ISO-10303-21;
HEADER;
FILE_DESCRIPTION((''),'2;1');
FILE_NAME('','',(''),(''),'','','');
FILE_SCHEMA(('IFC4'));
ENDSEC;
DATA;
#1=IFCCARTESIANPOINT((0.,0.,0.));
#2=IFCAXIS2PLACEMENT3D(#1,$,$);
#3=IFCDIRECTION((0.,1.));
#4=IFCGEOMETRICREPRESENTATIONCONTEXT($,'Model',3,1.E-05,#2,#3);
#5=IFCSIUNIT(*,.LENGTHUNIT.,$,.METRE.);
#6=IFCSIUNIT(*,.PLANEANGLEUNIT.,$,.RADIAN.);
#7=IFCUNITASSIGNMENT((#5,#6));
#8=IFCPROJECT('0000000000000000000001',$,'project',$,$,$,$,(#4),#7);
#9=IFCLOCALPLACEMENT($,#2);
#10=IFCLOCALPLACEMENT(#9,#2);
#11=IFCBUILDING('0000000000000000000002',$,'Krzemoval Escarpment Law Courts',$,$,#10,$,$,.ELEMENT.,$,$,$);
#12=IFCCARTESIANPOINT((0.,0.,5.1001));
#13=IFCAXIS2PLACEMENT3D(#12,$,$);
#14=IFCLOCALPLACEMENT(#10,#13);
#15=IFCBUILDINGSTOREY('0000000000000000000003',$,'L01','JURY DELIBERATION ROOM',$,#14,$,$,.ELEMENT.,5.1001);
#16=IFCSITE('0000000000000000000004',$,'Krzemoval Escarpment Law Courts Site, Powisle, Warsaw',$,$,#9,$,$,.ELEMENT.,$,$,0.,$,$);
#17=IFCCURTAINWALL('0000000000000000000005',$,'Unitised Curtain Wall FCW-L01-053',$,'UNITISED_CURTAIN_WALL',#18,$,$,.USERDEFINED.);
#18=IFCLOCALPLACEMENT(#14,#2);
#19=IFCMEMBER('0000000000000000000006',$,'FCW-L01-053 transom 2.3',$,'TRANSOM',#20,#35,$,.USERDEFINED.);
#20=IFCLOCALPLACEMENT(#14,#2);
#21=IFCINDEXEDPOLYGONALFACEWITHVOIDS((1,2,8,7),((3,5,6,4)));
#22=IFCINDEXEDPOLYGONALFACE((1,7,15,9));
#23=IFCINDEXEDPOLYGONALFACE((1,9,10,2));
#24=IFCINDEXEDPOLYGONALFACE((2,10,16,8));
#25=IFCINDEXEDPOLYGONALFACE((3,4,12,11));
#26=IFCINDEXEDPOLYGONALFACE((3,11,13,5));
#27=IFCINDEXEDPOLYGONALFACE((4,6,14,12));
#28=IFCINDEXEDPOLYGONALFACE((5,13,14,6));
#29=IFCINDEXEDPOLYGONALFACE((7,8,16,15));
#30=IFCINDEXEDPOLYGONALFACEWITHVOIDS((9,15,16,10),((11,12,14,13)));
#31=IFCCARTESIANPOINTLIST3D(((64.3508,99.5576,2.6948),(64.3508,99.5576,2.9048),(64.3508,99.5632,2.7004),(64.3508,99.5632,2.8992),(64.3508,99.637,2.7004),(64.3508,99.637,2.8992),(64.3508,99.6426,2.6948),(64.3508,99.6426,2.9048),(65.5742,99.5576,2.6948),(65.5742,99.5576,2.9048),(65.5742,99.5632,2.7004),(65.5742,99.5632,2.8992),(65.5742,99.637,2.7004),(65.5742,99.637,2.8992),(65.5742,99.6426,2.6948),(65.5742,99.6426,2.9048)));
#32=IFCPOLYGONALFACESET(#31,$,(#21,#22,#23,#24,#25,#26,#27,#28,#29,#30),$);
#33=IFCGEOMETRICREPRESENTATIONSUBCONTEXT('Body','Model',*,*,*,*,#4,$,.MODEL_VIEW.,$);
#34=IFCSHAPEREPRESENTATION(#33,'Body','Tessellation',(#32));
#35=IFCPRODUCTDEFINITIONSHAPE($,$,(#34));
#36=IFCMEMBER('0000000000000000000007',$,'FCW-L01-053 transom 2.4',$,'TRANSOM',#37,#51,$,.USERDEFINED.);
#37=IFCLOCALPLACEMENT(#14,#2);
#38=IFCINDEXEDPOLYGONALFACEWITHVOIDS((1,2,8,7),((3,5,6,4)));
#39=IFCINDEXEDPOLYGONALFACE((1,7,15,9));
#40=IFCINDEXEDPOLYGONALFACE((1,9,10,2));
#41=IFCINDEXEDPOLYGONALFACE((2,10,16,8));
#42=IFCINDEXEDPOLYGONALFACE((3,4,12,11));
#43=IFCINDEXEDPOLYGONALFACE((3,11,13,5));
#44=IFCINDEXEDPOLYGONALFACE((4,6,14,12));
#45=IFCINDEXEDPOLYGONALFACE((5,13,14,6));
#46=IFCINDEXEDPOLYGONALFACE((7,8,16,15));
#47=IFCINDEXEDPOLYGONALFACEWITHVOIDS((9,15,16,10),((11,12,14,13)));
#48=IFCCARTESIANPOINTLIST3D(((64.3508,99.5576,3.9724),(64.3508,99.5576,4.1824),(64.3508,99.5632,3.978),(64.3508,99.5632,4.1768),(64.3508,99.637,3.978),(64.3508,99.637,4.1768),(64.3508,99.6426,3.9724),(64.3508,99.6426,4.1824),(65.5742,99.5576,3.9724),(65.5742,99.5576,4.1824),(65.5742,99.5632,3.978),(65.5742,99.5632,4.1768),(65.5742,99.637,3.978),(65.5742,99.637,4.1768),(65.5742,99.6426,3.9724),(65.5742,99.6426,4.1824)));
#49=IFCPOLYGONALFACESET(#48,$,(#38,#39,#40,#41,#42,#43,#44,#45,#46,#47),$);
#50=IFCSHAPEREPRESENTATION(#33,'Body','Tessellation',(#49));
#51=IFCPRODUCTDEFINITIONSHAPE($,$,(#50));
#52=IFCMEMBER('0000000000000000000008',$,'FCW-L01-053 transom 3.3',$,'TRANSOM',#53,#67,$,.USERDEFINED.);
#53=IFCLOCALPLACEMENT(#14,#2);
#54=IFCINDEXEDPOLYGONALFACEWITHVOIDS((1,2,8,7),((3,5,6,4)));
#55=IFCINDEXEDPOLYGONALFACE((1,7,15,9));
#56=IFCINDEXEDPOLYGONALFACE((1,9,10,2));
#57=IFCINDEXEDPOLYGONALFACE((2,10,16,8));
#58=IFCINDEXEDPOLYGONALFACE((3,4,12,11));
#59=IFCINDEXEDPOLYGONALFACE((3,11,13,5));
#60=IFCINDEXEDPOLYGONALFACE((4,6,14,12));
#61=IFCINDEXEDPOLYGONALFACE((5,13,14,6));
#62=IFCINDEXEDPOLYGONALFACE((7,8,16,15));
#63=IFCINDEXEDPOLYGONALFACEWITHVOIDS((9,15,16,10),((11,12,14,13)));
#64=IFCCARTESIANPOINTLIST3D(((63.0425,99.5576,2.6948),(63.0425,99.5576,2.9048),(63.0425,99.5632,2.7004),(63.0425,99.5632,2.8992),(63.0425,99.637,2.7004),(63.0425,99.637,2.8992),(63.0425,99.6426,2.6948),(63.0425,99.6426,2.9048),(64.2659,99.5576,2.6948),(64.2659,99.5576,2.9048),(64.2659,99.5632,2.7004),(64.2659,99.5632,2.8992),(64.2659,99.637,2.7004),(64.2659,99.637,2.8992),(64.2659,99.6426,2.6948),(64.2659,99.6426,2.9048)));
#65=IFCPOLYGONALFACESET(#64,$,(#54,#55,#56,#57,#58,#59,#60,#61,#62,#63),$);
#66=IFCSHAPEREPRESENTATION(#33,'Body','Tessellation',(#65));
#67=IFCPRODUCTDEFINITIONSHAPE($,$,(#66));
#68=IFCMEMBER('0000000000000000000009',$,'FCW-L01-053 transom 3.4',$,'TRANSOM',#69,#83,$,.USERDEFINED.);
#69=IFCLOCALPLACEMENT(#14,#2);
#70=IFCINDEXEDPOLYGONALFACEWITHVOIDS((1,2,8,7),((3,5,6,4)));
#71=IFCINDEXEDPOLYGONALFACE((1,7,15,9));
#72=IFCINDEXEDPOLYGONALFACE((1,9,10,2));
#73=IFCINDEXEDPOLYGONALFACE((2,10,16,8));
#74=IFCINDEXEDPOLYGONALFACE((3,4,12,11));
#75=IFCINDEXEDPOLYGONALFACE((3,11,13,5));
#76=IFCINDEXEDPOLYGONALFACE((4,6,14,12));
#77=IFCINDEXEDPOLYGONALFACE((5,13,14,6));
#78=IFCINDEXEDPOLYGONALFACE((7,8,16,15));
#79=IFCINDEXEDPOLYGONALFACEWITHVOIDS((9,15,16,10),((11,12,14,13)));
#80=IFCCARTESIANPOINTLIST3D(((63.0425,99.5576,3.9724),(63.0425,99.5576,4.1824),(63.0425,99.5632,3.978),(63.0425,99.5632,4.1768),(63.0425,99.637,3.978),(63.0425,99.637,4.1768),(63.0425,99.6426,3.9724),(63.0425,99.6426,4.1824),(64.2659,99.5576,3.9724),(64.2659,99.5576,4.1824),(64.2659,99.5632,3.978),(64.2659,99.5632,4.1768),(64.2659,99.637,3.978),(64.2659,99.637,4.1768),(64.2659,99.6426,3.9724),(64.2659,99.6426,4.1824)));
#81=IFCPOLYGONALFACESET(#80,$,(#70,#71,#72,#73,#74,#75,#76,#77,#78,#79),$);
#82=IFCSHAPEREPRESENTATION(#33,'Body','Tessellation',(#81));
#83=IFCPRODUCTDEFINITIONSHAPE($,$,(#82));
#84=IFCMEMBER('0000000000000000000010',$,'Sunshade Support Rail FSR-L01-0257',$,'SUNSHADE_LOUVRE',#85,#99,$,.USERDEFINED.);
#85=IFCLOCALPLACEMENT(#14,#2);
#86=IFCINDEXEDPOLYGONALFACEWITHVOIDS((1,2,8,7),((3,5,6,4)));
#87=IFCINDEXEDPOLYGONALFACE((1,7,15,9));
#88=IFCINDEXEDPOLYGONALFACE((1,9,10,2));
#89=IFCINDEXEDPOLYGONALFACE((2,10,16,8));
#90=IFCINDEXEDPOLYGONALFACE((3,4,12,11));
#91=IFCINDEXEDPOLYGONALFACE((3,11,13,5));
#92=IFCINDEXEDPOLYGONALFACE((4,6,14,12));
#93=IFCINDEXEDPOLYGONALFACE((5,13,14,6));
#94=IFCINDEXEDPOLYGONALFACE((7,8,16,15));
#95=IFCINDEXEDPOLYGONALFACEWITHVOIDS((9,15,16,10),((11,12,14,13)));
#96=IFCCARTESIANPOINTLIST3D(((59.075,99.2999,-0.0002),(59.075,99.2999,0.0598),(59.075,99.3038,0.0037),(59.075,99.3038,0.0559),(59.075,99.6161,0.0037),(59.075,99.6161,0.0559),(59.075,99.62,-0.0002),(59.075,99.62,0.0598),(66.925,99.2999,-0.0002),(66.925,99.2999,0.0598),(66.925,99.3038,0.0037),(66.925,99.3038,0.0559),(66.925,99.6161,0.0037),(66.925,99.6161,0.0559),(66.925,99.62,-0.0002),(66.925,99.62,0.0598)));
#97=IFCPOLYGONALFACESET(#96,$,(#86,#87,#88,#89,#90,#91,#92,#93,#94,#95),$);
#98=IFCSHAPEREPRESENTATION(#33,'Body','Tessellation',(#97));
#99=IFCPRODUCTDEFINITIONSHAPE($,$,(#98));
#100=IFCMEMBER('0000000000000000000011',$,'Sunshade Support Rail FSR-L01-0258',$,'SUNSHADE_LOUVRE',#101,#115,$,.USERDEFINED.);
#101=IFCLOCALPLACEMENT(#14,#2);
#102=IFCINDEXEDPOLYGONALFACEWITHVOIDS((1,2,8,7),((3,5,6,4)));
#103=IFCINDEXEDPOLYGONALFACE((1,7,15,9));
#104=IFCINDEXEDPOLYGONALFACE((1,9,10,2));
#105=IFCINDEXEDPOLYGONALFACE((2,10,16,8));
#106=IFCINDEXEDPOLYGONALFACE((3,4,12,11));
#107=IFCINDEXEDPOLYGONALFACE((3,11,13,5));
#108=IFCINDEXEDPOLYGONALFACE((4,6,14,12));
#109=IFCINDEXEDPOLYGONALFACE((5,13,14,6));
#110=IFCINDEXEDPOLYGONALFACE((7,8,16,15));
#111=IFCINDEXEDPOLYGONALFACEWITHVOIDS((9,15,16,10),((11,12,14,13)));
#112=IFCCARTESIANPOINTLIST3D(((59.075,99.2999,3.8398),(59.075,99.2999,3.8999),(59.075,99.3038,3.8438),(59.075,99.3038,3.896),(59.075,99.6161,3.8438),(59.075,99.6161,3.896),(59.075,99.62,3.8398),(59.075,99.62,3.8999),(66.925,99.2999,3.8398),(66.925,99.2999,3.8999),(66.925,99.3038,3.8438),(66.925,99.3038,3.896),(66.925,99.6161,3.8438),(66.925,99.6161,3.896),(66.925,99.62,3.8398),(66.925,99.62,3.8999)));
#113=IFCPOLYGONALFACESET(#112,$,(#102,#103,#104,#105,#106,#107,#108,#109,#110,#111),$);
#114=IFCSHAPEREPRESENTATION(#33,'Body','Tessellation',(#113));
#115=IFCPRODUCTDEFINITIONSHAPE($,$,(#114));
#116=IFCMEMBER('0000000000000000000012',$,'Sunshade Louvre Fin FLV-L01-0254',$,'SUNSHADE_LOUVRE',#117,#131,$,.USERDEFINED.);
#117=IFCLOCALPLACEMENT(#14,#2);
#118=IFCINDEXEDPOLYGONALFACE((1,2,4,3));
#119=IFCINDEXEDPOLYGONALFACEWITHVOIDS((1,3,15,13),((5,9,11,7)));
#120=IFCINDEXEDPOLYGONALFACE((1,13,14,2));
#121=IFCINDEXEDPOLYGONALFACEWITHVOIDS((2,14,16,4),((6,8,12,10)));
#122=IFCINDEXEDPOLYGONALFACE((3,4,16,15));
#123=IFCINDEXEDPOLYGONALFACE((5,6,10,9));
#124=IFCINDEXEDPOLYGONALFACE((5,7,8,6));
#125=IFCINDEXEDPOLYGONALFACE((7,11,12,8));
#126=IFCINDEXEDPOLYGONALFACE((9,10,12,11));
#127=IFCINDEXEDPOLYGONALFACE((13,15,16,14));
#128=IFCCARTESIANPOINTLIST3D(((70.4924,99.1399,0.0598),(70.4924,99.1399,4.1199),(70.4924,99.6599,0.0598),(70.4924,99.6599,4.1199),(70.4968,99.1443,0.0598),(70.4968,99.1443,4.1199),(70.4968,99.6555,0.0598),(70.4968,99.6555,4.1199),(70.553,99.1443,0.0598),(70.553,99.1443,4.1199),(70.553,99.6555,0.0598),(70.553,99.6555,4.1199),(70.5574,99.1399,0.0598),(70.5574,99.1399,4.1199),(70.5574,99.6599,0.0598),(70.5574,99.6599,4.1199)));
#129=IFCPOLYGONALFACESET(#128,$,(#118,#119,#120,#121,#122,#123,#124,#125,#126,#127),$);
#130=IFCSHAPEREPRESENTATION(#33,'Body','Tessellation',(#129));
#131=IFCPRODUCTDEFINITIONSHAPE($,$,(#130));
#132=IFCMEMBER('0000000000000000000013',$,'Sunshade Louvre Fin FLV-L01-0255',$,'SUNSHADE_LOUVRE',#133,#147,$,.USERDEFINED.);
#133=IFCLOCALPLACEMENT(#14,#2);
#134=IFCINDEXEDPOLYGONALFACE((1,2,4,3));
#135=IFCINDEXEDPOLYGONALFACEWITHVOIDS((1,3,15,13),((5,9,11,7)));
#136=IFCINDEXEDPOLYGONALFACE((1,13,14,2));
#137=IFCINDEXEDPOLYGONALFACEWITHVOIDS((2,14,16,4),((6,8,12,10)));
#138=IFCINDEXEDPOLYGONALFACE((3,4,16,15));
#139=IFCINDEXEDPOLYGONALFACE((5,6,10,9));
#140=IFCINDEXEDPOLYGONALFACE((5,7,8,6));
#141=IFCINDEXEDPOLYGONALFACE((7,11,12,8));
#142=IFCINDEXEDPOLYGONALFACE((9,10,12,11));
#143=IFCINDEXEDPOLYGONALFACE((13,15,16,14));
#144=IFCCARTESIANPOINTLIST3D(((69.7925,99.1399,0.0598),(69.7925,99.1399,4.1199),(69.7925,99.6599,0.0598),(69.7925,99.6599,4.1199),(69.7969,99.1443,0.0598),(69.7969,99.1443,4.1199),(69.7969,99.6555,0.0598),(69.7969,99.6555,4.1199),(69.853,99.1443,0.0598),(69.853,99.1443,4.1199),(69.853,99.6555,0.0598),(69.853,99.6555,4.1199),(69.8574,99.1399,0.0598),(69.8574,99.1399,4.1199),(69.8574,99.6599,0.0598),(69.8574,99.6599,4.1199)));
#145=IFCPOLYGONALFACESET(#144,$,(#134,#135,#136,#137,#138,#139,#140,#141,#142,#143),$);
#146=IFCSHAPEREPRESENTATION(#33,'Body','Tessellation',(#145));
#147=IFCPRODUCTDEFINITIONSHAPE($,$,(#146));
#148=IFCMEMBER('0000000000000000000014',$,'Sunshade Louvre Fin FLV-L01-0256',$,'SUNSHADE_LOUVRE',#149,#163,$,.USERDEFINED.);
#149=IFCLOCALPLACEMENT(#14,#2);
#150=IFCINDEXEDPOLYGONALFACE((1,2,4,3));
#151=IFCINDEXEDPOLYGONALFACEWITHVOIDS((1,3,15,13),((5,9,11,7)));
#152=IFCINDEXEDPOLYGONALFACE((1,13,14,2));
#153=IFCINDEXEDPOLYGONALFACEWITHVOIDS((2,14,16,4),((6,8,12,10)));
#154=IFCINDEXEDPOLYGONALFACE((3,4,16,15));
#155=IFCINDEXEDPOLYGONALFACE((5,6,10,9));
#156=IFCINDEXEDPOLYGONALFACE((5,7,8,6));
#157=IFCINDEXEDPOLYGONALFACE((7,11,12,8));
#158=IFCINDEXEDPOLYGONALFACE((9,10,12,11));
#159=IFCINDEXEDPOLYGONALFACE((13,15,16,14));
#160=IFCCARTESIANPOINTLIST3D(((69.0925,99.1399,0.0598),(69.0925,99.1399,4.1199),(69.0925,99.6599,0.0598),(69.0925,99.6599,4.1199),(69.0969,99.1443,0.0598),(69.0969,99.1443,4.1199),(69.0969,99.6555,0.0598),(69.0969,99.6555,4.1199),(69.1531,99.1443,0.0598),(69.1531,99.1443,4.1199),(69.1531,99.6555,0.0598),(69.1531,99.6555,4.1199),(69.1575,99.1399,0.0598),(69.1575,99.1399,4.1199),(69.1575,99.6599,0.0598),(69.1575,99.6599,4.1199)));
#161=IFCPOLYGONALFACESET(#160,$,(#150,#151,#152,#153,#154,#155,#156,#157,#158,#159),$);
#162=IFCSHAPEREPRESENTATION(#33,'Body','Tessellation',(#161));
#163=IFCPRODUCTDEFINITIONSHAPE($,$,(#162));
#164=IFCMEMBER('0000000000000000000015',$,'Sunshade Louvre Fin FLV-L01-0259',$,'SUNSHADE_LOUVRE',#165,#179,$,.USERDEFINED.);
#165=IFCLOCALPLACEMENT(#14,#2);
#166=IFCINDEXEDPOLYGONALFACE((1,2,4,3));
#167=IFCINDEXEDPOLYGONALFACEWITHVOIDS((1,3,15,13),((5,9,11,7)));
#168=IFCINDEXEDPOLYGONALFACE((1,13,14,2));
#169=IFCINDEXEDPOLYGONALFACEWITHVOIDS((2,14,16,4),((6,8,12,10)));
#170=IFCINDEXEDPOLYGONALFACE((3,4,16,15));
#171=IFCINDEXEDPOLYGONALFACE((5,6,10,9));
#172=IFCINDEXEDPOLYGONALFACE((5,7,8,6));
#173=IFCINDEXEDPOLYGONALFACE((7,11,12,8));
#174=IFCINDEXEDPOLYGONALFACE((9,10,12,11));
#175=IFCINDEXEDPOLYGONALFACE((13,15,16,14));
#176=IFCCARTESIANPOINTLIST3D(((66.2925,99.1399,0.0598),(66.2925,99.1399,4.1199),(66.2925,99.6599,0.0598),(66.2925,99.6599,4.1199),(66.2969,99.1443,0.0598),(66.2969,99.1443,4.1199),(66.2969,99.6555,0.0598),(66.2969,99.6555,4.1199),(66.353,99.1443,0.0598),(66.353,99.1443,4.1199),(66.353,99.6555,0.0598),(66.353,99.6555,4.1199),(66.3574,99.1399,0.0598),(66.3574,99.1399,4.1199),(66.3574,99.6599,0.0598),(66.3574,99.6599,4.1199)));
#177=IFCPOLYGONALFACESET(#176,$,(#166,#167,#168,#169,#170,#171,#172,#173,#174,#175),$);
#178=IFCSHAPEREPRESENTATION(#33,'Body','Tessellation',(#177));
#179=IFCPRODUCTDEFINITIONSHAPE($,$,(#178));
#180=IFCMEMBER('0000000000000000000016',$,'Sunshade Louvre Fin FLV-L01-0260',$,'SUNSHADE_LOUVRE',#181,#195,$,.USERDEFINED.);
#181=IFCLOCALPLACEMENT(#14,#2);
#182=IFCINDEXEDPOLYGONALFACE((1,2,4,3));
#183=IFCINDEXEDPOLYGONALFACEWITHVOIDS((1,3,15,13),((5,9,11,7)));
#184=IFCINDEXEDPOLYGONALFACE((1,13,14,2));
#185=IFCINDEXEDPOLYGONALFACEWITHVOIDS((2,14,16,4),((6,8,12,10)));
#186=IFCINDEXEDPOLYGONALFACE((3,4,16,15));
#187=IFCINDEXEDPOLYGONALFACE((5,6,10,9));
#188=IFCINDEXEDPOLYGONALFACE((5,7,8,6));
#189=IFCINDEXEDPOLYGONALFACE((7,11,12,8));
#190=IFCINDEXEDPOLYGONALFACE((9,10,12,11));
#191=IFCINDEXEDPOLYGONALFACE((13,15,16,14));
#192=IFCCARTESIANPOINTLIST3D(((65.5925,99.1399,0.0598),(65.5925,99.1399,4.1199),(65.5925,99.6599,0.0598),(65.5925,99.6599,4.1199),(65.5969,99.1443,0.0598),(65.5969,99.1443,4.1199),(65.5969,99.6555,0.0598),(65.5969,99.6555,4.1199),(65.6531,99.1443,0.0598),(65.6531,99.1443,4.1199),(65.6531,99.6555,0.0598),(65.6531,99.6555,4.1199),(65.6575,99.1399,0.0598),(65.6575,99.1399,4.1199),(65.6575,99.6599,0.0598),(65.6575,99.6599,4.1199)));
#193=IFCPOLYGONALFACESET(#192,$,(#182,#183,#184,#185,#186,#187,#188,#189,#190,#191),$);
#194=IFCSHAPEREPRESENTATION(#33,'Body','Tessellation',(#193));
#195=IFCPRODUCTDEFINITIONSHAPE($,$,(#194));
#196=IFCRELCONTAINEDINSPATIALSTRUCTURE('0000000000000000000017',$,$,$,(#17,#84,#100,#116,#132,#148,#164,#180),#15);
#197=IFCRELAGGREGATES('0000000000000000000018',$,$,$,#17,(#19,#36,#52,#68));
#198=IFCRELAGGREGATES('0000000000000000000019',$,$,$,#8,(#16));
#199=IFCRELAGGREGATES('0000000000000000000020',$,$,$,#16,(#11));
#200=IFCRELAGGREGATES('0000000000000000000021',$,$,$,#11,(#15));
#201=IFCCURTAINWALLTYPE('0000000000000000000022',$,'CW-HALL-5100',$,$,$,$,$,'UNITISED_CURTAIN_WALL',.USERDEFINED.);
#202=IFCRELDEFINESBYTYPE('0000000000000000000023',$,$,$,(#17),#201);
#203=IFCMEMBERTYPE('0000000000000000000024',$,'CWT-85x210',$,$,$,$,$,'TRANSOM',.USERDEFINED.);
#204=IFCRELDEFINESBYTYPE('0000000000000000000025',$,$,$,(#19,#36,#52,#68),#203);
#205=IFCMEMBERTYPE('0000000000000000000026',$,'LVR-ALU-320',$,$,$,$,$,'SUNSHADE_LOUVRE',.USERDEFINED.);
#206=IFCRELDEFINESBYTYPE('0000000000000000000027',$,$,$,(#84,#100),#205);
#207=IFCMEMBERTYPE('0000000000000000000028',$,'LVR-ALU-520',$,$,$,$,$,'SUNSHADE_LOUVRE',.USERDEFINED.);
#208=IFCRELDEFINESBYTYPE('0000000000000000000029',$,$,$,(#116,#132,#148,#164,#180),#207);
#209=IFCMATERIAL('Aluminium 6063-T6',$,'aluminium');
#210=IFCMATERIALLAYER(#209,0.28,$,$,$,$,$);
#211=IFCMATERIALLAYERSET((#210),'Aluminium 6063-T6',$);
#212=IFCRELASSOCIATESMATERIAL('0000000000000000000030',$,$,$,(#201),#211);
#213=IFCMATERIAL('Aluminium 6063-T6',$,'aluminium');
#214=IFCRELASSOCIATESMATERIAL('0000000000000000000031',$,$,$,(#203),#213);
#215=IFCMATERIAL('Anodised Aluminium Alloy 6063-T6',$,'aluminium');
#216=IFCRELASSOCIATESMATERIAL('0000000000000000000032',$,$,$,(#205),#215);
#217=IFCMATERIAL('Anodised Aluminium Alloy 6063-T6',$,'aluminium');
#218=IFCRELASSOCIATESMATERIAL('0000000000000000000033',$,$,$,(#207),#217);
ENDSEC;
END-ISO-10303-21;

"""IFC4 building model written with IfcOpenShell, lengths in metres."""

from ifc_helpers import new_model, si_unit, direction, frame, origin, origin_2d, place, context, subcontext, project, spatial, hollow_rectangle, extrude, material, layer, layer_set, material_profile, profile_set, type_object, element, aggregate, save


model = new_model("IFC4")

# Units and contexts
model_context = context("Model", 3, precision=1e-05, world=origin(), true_north=direction((0.0, 1.0)))
body_context = subcontext(model_context, "Body", "Model", "MODEL_VIEW")
ifc_project = project(units=[si_unit("LENGTHUNIT", "METRE"), si_unit("PLANEANGLEUNIT", "RADIAN")], contexts=[model_context])

# Site, building, storey
site_placement = place(None, origin())
site = spatial("IfcSite", under=ifc_project, at=site_placement, Name="Krzemoval Escarpment Law Courts Site, Powisle, Warsaw", CompositionType="ELEMENT", RefElevation=0.0)
building_placement = place(site_placement, origin())
building = spatial("IfcBuilding", under=site, at=building_placement, Name="Krzemoval Escarpment Law Courts", CompositionType="ELEMENT")
storey_placement = place(building_placement, frame((0.0, 0.0, 5.1001)))
storey = spatial("IfcBuildingStorey", under=building, at=storey_placement, Name="L01", Description="JURY DELIBERATION ROOM", CompositionType="ELEMENT", Elevation=5.1001)

# Curtain wall, members
ifc_material_1 = material(Name="Aluminium 6063-T6", Category="aluminium")
ifc_layer_1 = layer(ifc_material_1, 0.28)
ifc_layer_set_1 = layer_set([ifc_layer_1], Name="Aluminium 6063-T6")
curtain_wall_type = type_object("IfcCurtainWallType", Name="CW-HALL-5100", ElementType="UNITISED_CURTAIN_WALL", PredefinedType="USERDEFINED", material=ifc_layer_set_1)
curtain_wall_placement = place(storey_placement, origin())
curtain_wall = element("IfcCurtainWall", 1, at=curtain_wall_placement, inside=storey, type_object=curtain_wall_type, Name="Unitised Curtain Wall FCW-L01-053", ObjectType="UNITISED_CURTAIN_WALL", PredefinedType="USERDEFINED")
ifc_material_2 = material(Name="Aluminium 6063-T6", Category="aluminium")
ifc_material_profile_1 = material_profile(ifc_material_2, hollow_rectangle(XDim=0.085, YDim=0.21, WallThickness=0.0056, at=origin_2d()), Name="ALU T85x210")
ifc_profile_set_1 = profile_set([ifc_material_profile_1], Name="Aluminium 6063-T6")
member_type_1 = type_object("IfcMemberType", Name="CWT-85x210", ElementType="TRANSOM", PredefinedType="USERDEFINED", material=ifc_profile_set_1)
member_1_placement = place(storey_placement, frame((65.5742, 99.6001, 2.7998), z_axis=(-1.0, 0.0, 0.0), x_axis=(0.0, -1.0, 0.0)))
member_1 = element("IfcMember", 2, at=member_1_placement, type_object=member_type_1, Name="FCW-L01-053 transom 2.3", ObjectType="TRANSOM", PredefinedType="USERDEFINED", context=body_context, shape_type="SweptSolid", body=[
    extrude(hollow_rectangle(XDim=0.085, YDim=0.21, WallThickness=0.0056, at=origin_2d()), origin(), (0.0, 0.0, 1.0), 1.2234),
])
member_2_placement = place(storey_placement, frame((65.5742, 99.6001, 4.0774), z_axis=(-1.0, 0.0, 0.0), x_axis=(0.0, -1.0, 0.0)))
member_2 = element("IfcMember", 3, at=member_2_placement, type_object=member_type_1, Name="FCW-L01-053 transom 2.4", ObjectType="TRANSOM", PredefinedType="USERDEFINED", context=body_context, shape_type="SweptSolid", body=[
    extrude(hollow_rectangle(XDim=0.085, YDim=0.21, WallThickness=0.0056, at=origin_2d()), origin(), (0.0, 0.0, 1.0), 1.2234),
])
member_3_placement = place(storey_placement, frame((64.2659, 99.6001, 2.7998), z_axis=(-1.0, 0.0, 0.0), x_axis=(0.0, -1.0, 0.0)))
member_3 = element("IfcMember", 4, at=member_3_placement, type_object=member_type_1, Name="FCW-L01-053 transom 3.3", ObjectType="TRANSOM", PredefinedType="USERDEFINED", context=body_context, shape_type="SweptSolid", body=[
    extrude(hollow_rectangle(XDim=0.085, YDim=0.21, WallThickness=0.0056, at=origin_2d()), origin(), (0.0, 0.0, 1.0), 1.2234),
])
member_4_placement = place(storey_placement, frame((64.2659, 99.6001, 4.0774), z_axis=(-1.0, 0.0, 0.0), x_axis=(0.0, -1.0, 0.0)))
member_4 = element("IfcMember", 5, at=member_4_placement, type_object=member_type_1, Name="FCW-L01-053 transom 3.4", ObjectType="TRANSOM", PredefinedType="USERDEFINED", context=body_context, shape_type="SweptSolid", body=[
    extrude(hollow_rectangle(XDim=0.085, YDim=0.21, WallThickness=0.0056, at=origin_2d()), origin(), (0.0, 0.0, 1.0), 1.2234),
])

# Members
ifc_material_3 = material(Name="Anodised Aluminium Alloy 6063-T6", Category="aluminium")
ifc_material_profile_2 = material_profile(ifc_material_3, hollow_rectangle(XDim=0.0601, YDim=0.3201, WallThickness=0.0039, at=origin_2d()), Name="ALU LVR 60x320")
ifc_profile_set_2 = profile_set([ifc_material_profile_2], Name="Anodised Aluminium Alloy 6063-T6")
member_type_2 = type_object("IfcMemberType", Name="LVR-ALU-320", ElementType="SUNSHADE_LOUVRE", PredefinedType="USERDEFINED", material=ifc_profile_set_2)
for number, where, z_axis, x_axis, name in (
    (6, (66.925, 99.46, 0.0298), (-1.0, 0.0, 0.0), (0.0, 0.0, 1.0), "Sunshade Support Rail FSR-L01-0257"),
    (7, (66.925, 99.46, 3.8699), (-1.0, 0.0, 0.0), (0.0, 0.0, 1.0), "Sunshade Support Rail FSR-L01-0258"),
):
    element("IfcMember", number, at=place(storey_placement, frame(where, z_axis=z_axis, x_axis=x_axis)), inside=storey, type_object=member_type_2, Name=name, ObjectType="SUNSHADE_LOUVRE", PredefinedType="USERDEFINED", context=body_context, shape_type="SweptSolid", body=[
        extrude(hollow_rectangle(XDim=0.0601, YDim=0.3201, WallThickness=0.0039, at=origin_2d()), origin(), (0.0, 0.0, 1.0), 7.8501),
    ])
ifc_material_4 = material(Name="Anodised Aluminium Alloy 6063-T6", Category="aluminium")
ifc_material_profile_3 = material_profile(ifc_material_4, hollow_rectangle(XDim=0.0649, YDim=0.52, WallThickness=0.0044, at=origin_2d()), Name="ALU LVR 65x520")
ifc_profile_set_3 = profile_set([ifc_material_profile_3], Name="Anodised Aluminium Alloy 6063-T6")
member_type_3 = type_object("IfcMemberType", Name="LVR-ALU-520", ElementType="SUNSHADE_LOUVRE", PredefinedType="USERDEFINED", material=ifc_profile_set_3)
for number, where, z_axis, x_axis, name in (
    (8, (70.5249, 99.3999, 0.0598), (0.0, 0.0, 1.0), (1.0, 0.0, 0.0), "Sunshade Louvre Fin FLV-L01-0254"),
    (9, (69.825, 99.3999, 0.0598), (0.0, 0.0, 1.0), (1.0, 0.0, 0.0), "Sunshade Louvre Fin FLV-L01-0255"),
    (10, (69.125, 99.3999, 0.0598), (0.0, 0.0, 1.0), (1.0, 0.0, 0.0), "Sunshade Louvre Fin FLV-L01-0256"),
    (11, (66.325, 99.3999, 0.0598), (0.0, 0.0, 1.0), (1.0, 0.0, 0.0), "Sunshade Louvre Fin FLV-L01-0259"),
    (12, (65.625, 99.3999, 0.0598), (0.0, 0.0, 1.0), (1.0, 0.0, 0.0), "Sunshade Louvre Fin FLV-L01-0260"),
):
    element("IfcMember", number, at=place(storey_placement, frame(where, z_axis=z_axis, x_axis=x_axis)), inside=storey, type_object=member_type_3, Name=name, ObjectType="SUNSHADE_LOUVRE", PredefinedType="USERDEFINED", context=body_context, shape_type="SweptSolid", body=[
        extrude(hollow_rectangle(XDim=0.0649, YDim=0.52, WallThickness=0.0044, at=origin_2d()), origin(), (0.0, 0.0, 1.0), 4.0601),
    ])

aggregate(curtain_wall, [member_1, member_2, member_3, member_4])

save(model, "model.ifc")
